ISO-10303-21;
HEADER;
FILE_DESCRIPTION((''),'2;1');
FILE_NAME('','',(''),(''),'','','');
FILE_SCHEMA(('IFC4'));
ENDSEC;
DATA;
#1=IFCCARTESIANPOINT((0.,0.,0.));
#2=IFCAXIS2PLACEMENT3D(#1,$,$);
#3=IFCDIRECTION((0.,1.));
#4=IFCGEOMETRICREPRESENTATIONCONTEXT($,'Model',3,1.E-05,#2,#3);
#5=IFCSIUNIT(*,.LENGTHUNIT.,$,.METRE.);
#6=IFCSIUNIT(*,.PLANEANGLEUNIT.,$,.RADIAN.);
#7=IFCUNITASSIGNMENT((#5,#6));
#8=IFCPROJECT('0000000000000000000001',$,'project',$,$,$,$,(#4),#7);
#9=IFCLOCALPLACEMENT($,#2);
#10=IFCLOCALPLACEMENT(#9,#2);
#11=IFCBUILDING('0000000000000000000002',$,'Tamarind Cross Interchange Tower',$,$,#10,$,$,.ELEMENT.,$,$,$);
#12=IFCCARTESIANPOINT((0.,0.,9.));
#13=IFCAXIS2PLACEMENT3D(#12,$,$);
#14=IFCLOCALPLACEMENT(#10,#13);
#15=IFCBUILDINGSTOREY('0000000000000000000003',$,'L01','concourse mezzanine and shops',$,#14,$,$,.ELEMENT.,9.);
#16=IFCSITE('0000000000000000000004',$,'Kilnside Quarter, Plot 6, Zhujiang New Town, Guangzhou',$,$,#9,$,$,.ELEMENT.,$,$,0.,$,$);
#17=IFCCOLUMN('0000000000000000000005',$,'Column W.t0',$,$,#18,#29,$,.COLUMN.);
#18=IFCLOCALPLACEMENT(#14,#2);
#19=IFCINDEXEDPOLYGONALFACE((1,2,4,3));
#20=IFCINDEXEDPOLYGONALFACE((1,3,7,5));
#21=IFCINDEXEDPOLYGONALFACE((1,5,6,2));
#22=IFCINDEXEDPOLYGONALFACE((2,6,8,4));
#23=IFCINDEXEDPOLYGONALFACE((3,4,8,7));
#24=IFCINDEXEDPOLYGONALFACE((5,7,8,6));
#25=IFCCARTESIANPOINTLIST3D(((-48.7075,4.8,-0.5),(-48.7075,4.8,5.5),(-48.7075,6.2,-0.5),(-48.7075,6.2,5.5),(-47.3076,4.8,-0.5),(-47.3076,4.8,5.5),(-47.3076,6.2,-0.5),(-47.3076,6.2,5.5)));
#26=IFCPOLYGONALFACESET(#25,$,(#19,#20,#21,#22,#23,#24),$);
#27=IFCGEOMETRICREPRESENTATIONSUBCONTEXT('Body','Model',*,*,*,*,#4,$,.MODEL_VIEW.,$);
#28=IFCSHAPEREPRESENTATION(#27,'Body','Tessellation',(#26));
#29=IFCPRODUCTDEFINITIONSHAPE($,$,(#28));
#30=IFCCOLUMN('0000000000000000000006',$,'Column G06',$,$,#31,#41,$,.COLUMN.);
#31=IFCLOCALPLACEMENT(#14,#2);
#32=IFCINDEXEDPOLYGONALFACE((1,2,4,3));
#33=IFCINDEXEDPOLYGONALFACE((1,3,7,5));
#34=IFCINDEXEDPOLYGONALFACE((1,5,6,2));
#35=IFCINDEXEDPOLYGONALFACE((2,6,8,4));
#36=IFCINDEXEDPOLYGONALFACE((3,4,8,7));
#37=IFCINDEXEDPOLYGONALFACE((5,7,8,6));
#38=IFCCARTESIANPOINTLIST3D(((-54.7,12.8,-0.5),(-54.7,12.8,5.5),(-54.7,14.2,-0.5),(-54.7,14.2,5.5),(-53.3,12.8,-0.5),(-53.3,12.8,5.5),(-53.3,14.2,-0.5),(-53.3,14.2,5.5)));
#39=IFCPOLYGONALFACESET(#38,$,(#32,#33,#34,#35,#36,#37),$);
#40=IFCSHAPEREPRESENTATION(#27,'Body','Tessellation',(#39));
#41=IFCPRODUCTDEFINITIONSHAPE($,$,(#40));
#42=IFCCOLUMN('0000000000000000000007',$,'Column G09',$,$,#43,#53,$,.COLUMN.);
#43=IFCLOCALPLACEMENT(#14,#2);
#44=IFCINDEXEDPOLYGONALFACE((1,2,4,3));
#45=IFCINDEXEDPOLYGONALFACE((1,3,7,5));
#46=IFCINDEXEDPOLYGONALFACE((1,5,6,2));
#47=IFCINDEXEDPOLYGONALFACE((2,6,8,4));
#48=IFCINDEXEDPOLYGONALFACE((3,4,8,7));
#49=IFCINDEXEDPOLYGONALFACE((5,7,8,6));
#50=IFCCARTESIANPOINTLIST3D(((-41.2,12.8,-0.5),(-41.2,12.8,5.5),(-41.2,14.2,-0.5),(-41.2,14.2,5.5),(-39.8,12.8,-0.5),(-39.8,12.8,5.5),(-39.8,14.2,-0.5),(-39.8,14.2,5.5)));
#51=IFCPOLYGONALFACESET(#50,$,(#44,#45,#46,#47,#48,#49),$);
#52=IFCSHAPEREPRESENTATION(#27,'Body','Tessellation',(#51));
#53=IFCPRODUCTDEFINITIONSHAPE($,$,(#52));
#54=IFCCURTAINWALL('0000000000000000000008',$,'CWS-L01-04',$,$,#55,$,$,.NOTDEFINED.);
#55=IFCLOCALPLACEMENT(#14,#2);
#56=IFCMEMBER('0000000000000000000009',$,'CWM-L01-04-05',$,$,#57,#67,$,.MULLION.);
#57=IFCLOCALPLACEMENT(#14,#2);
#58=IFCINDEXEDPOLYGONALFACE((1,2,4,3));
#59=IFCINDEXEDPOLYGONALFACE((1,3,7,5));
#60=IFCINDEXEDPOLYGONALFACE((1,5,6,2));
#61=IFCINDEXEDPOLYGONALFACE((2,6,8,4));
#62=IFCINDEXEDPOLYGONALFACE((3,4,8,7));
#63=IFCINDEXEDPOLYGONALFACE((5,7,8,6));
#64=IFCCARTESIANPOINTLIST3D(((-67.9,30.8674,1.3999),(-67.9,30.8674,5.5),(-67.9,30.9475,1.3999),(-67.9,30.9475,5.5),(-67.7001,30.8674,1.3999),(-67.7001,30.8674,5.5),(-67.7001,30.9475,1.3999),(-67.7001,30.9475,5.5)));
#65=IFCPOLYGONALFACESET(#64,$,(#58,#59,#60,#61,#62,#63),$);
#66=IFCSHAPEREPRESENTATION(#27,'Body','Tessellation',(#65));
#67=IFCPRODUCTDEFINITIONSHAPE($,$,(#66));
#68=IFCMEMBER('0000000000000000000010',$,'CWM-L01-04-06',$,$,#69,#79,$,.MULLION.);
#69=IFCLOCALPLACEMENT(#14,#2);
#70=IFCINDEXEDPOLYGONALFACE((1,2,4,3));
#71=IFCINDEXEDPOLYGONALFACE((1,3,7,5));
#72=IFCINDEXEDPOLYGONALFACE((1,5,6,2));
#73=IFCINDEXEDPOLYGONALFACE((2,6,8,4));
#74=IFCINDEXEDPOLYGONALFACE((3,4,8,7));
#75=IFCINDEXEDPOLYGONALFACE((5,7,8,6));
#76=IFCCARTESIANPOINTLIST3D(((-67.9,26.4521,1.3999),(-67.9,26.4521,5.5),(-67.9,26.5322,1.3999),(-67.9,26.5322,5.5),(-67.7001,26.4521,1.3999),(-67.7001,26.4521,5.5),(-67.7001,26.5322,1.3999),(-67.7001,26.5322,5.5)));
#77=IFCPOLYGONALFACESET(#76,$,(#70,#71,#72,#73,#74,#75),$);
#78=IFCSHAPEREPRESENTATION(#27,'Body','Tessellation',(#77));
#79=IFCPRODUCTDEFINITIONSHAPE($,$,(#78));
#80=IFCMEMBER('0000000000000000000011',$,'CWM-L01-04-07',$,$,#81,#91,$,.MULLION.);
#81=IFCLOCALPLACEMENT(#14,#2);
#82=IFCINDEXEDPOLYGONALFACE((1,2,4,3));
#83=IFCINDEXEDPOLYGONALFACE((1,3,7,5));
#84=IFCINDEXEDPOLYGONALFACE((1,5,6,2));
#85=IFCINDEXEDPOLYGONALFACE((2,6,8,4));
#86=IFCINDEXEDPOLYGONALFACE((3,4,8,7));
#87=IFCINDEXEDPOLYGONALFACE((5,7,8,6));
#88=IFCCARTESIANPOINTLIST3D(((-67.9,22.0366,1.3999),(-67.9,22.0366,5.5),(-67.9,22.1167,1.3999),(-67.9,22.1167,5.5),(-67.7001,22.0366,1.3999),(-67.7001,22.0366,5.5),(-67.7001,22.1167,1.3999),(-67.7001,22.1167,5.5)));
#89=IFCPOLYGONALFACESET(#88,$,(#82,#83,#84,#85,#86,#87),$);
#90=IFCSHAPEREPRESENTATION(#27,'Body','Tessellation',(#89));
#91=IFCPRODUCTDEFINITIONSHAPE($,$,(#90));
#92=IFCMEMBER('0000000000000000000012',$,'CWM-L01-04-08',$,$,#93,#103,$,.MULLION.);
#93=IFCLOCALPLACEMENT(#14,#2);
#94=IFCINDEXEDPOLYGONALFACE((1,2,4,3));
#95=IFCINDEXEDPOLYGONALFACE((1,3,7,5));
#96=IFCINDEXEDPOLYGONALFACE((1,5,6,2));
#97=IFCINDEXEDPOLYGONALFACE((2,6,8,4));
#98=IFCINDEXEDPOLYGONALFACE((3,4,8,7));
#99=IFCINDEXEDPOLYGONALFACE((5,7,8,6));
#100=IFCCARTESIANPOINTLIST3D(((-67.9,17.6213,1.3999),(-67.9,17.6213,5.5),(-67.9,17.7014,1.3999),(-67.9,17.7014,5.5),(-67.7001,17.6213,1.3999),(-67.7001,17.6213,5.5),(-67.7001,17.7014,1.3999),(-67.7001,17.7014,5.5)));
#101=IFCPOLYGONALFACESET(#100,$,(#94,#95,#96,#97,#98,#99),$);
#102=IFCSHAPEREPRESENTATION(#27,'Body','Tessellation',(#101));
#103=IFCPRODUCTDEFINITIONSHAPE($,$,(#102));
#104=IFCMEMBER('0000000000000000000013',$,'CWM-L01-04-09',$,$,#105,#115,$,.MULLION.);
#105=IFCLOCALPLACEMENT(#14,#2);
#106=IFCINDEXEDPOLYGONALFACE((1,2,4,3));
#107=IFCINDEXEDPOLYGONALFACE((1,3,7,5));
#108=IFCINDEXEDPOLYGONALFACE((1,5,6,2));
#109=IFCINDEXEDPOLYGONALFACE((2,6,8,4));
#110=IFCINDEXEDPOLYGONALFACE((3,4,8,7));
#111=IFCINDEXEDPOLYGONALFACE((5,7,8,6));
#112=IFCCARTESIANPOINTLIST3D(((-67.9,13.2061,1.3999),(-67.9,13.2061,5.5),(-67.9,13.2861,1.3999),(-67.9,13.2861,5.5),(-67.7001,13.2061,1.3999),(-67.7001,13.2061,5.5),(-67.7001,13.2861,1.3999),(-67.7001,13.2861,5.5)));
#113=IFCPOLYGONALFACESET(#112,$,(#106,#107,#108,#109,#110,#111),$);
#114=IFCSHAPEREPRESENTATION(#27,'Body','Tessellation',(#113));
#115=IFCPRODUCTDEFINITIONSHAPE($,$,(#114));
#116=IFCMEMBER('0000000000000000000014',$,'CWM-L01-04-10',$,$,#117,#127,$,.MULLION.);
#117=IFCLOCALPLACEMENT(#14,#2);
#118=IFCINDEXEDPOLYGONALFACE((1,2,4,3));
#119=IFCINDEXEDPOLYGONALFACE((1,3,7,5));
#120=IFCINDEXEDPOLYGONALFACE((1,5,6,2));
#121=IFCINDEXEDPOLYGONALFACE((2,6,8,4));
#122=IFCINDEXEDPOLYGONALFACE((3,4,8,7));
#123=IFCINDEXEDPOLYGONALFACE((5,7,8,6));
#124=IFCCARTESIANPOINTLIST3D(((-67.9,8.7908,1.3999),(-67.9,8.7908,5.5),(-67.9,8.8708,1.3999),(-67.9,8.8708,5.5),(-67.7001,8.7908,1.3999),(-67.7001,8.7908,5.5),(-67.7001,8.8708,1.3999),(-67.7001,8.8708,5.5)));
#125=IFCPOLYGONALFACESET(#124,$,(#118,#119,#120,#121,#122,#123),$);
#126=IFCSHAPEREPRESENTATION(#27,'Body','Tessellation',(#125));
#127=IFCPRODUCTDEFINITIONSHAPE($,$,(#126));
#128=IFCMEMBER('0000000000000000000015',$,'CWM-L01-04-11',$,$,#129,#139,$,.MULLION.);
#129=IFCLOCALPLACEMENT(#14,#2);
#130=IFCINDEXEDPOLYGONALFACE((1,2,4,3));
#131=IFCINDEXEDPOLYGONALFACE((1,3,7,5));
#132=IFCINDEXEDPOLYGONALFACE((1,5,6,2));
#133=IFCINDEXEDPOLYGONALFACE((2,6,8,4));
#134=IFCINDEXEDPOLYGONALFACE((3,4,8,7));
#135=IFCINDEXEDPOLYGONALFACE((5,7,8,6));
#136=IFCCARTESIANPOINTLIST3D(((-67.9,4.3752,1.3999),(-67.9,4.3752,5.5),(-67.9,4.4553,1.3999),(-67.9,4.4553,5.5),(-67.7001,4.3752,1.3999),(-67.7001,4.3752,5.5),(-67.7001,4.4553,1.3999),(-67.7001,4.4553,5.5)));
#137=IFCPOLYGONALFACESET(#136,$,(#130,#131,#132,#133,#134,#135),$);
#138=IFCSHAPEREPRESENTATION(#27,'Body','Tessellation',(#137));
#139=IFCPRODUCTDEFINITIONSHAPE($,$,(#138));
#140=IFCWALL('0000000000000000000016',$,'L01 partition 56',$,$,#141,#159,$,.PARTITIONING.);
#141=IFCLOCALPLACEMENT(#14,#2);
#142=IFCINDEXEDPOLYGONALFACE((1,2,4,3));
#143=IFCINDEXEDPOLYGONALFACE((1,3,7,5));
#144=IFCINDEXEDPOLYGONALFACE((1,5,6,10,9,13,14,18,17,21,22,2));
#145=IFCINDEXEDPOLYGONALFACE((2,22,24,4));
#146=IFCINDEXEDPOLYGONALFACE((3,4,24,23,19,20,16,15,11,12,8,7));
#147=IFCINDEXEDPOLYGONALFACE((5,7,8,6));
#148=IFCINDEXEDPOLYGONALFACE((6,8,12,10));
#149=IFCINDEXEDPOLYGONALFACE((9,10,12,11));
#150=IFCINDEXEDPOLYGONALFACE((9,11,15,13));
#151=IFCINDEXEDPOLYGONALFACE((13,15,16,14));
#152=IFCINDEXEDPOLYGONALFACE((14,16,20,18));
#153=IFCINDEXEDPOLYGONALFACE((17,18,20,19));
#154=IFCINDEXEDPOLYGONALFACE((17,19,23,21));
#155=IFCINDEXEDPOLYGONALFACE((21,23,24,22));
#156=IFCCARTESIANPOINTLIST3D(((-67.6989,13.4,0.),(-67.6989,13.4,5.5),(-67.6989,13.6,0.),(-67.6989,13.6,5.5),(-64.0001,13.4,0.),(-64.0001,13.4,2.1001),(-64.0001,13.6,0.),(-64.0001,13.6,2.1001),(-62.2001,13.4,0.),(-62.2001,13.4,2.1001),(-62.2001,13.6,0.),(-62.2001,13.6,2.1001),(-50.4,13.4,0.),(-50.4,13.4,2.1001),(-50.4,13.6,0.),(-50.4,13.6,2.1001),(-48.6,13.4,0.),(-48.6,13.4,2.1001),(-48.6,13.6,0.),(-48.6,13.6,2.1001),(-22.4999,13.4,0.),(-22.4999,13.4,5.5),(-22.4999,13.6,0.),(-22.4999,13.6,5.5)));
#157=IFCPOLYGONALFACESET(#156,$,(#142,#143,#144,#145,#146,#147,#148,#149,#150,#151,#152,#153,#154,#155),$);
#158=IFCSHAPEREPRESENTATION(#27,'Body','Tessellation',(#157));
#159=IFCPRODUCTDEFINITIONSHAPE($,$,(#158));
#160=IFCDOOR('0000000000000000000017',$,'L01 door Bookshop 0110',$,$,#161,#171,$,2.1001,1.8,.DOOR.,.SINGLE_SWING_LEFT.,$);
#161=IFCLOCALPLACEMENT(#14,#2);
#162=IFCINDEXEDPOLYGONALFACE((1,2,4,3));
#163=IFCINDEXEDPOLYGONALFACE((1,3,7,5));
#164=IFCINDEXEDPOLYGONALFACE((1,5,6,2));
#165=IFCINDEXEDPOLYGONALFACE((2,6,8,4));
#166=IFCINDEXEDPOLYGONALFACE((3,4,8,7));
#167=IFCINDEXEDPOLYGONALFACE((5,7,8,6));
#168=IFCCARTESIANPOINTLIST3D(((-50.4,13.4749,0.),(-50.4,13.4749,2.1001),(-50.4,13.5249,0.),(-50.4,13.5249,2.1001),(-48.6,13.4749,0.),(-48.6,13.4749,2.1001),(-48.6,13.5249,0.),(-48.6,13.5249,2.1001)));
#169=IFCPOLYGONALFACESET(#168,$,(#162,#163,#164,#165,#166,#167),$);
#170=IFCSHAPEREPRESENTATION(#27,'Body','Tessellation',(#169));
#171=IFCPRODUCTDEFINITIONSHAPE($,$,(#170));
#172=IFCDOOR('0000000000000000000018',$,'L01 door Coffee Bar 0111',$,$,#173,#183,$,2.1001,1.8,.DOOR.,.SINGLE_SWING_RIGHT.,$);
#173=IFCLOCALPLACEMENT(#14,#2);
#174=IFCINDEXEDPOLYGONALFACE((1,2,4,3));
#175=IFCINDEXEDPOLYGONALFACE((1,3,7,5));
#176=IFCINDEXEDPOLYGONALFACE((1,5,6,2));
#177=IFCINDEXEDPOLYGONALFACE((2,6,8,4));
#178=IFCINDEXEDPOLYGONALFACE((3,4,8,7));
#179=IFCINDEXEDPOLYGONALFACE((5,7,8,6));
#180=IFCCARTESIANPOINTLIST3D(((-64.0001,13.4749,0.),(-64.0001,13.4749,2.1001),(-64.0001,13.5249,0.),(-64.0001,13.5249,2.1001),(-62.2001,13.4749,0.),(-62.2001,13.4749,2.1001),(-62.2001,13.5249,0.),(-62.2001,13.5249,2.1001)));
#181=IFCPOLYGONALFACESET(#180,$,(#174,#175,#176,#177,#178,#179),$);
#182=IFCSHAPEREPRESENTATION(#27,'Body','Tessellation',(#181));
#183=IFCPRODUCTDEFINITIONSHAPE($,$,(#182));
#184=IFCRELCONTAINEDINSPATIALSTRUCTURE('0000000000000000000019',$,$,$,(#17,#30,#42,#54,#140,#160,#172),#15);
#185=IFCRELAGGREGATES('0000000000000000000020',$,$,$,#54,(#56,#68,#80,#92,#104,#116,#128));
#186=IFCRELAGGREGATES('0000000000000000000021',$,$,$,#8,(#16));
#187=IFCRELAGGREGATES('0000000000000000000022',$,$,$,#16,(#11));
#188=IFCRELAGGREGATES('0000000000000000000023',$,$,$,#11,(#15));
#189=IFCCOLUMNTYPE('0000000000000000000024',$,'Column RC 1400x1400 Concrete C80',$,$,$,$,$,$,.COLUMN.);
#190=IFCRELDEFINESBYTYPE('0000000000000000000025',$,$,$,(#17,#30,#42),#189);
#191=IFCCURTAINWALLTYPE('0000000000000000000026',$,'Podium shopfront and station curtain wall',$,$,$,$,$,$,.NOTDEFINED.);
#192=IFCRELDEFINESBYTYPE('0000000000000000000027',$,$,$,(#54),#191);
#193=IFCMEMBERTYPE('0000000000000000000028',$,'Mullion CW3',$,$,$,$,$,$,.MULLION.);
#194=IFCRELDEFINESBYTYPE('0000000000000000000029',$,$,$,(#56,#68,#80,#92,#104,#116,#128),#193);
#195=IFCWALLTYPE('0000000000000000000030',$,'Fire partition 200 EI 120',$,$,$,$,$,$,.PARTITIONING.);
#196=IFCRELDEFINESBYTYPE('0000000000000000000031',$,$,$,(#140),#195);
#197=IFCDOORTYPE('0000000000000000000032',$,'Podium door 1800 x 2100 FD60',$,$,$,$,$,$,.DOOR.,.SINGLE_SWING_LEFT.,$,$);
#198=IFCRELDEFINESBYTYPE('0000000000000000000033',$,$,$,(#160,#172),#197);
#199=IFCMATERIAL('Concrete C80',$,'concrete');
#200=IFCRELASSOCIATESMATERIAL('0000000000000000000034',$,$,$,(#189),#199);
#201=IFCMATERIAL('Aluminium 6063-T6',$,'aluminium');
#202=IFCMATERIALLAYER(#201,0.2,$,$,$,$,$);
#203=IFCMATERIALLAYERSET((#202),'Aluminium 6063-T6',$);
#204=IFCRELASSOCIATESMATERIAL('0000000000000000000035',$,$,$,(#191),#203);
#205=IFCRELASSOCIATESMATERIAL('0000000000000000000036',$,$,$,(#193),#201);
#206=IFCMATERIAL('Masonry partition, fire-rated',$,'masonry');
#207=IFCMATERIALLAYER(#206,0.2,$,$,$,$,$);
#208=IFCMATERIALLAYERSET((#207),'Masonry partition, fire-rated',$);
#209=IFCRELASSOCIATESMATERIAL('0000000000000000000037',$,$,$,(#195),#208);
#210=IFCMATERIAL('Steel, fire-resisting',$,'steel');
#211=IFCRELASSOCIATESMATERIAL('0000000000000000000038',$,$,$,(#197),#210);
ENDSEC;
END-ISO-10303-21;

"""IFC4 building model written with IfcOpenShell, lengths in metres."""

from ifc_helpers import new_model, si_unit, direction, frame, frame_2d, origin, origin_2d, place, context, subcontext, project, spatial, rectangle, extrude, material, layer, layer_set, material_profile, profile_set, type_object, element, fill, aggregate, save


model = new_model("IFC4")

# Units and contexts
model_context = context("Model", 3, precision=1e-05, world=origin(), true_north=direction((0.0, 1.0)))
body_context = subcontext(model_context, "Body", "Model", "MODEL_VIEW")
ifc_project = project(units=[si_unit("LENGTHUNIT", "METRE"), si_unit("PLANEANGLEUNIT", "RADIAN")], contexts=[model_context])

# Site, building, storey
site_placement = place(None, origin())
site = spatial("IfcSite", under=ifc_project, at=site_placement, Name="Kilnside Quarter, Plot 6, Zhujiang New Town, Guangzhou", CompositionType="ELEMENT", RefElevation=0.0)
building_placement = place(site_placement, origin())
building = spatial("IfcBuilding", under=site, at=building_placement, Name="Tamarind Cross Interchange Tower", CompositionType="ELEMENT")
storey_placement = place(building_placement, frame((0.0, 0.0, 9.0)))
storey = spatial("IfcBuildingStorey", under=building, at=storey_placement, Name="L01", Description="concourse mezzanine and shops", CompositionType="ELEMENT", Elevation=9.0)

# Columns
ifc_material_1 = material(Name="Concrete C80", Category="concrete")
ifc_material_profile_1 = material_profile(ifc_material_1, rectangle(XDim=1.3999, YDim=1.3999, at=origin_2d()), Name="RC 1400x1400")
ifc_profile_set_1 = profile_set([ifc_material_profile_1], Name="Concrete C80")
column_type = type_object("IfcColumnType", Name="Column RC 1400x1400 Concrete C80", PredefinedType="COLUMN", material=ifc_profile_set_1)
for number, where, z_axis, x_axis, name in (
    (1, (-48.0076, 5.5, -0.5), (0.0, 0.0, 1.0), (1.0, 0.0, 0.0), "Column W.t0"),
    (2, (-54.0, 13.5, -0.5), (0.0, 0.0, 1.0), (1.0, 0.0, 0.0), "Column G06"),
    (3, (-40.5, 13.5, -0.5), (0.0, 0.0, 1.0), (1.0, 0.0, 0.0), "Column G09"),
):
    element("IfcColumn", number, at=place(storey_placement, frame(where, z_axis=z_axis, x_axis=x_axis)), inside=storey, type_object=column_type, Name=name, PredefinedType="COLUMN", context=body_context, shape_type="SweptSolid", body=[
        extrude(rectangle(XDim=1.3999, YDim=1.3999, at=origin_2d()), origin(), (0.0, 0.0, 1.0), 6.0),
    ])

# Curtain wall, members
ifc_material_2 = material(Name="Aluminium 6063-T6", Category="aluminium")
ifc_layer_1 = layer(ifc_material_2, 0.2)
ifc_layer_set_1 = layer_set([ifc_layer_1], Name="Aluminium 6063-T6")
curtain_wall_type = type_object("IfcCurtainWallType", Name="Podium shopfront and station curtain wall", PredefinedType="NOTDEFINED", material=ifc_layer_set_1)
curtain_wall_placement = place(storey_placement, origin())
curtain_wall = element("IfcCurtainWall", 4, at=curtain_wall_placement, inside=storey, type_object=curtain_wall_type, Name="CWS-L01-04", PredefinedType="NOTDEFINED")
ifc_material_profile_2 = material_profile(ifc_material_2, rectangle(XDim=0.0801, YDim=0.2, at=origin_2d()), Name="Mullion CW3")
ifc_profile_set_2 = profile_set([ifc_material_profile_2], Name="Aluminium 6063-T6")
member_type = type_object("IfcMemberType", Name="Mullion CW3", PredefinedType="MULLION", material=ifc_profile_set_2)
member_1_placement = place(storey_placement, frame((-67.8, 30.9075, 1.3999), z_axis=(0.0, 0.0, 1.0), x_axis=(0.0, -1.0, 0.0)))
member_1 = element("IfcMember", 5, at=member_1_placement, type_object=member_type, Name="CWM-L01-04-05", PredefinedType="MULLION", context=body_context, shape_type="SweptSolid", body=[
    extrude(rectangle(XDim=0.0801, YDim=0.2, at=origin_2d()), origin(), (0.0, 0.0, 1.0), 4.1001),
])
member_2_placement = place(storey_placement, frame((-67.8, 26.4922, 1.3999), z_axis=(0.0, 0.0, 1.0), x_axis=(0.0, -1.0, 0.0)))
member_2 = element("IfcMember", 6, at=member_2_placement, type_object=member_type, Name="CWM-L01-04-06", PredefinedType="MULLION", context=body_context, shape_type="SweptSolid", body=[
    extrude(rectangle(XDim=0.0801, YDim=0.2, at=origin_2d()), origin(), (0.0, 0.0, 1.0), 4.1001),
])
member_3_placement = place(storey_placement, frame((-67.8, 22.0767, 1.3999), z_axis=(0.0, 0.0, 1.0), x_axis=(0.0, -1.0, 0.0)))
member_3 = element("IfcMember", 7, at=member_3_placement, type_object=member_type, Name="CWM-L01-04-07", PredefinedType="MULLION", context=body_context, shape_type="SweptSolid", body=[
    extrude(rectangle(XDim=0.0801, YDim=0.2, at=origin_2d()), origin(), (0.0, 0.0, 1.0), 4.1001),
])
member_4_placement = place(storey_placement, frame((-67.8, 17.6614, 1.3999), z_axis=(0.0, 0.0, 1.0), x_axis=(0.0, -1.0, 0.0)))
member_4 = element("IfcMember", 8, at=member_4_placement, type_object=member_type, Name="CWM-L01-04-08", PredefinedType="MULLION", context=body_context, shape_type="SweptSolid", body=[
    extrude(rectangle(XDim=0.0801, YDim=0.2, at=origin_2d()), origin(), (0.0, 0.0, 1.0), 4.1001),
])
member_5_placement = place(storey_placement, frame((-67.8, 13.2461, 1.3999), z_axis=(0.0, 0.0, 1.0), x_axis=(0.0, -1.0, 0.0)))
member_5 = element("IfcMember", 9, at=member_5_placement, type_object=member_type, Name="CWM-L01-04-09", PredefinedType="MULLION", context=body_context, shape_type="SweptSolid", body=[
    extrude(rectangle(XDim=0.0801, YDim=0.2, at=origin_2d()), origin(), (0.0, 0.0, 1.0), 4.1001),
])
member_6_placement = place(storey_placement, frame((-67.8, 8.8308, 1.3999), z_axis=(0.0, 0.0, 1.0), x_axis=(0.0, -1.0, 0.0)))
member_6 = element("IfcMember", 10, at=member_6_placement, type_object=member_type, Name="CWM-L01-04-10", PredefinedType="MULLION", context=body_context, shape_type="SweptSolid", body=[
    extrude(rectangle(XDim=0.0801, YDim=0.2, at=origin_2d()), origin(), (0.0, 0.0, 1.0), 4.1001),
])
member_7_placement = place(storey_placement, frame((-67.8, 4.4153, 1.3999), z_axis=(0.0, 0.0, 1.0), x_axis=(0.0, -1.0, 0.0)))
member_7 = element("IfcMember", 11, at=member_7_placement, type_object=member_type, Name="CWM-L01-04-11", PredefinedType="MULLION", context=body_context, shape_type="SweptSolid", body=[
    extrude(rectangle(XDim=0.0801, YDim=0.2, at=origin_2d()), origin(), (0.0, 0.0, 1.0), 4.1001),
])
aggregate(curtain_wall, [member_1, member_2, member_3, member_4, member_5, member_6, member_7])

# Wall, openings, doors
ifc_material_3 = material(Name="Masonry partition, fire-rated", Category="masonry")
ifc_layer_2 = layer(ifc_material_3, 0.2)
ifc_layer_set_2 = layer_set([ifc_layer_2], Name="Masonry partition, fire-rated")
wall_type_1 = type_object("IfcWallType", Name="Fire partition 200 EI 120", PredefinedType="PARTITIONING", material=ifc_layer_set_2)
wall_1_placement = place(storey_placement, frame((-67.699, 13.5, 0.0), z_axis=(0.0, 0.0, 1.0), x_axis=(1.0, 0.0, 0.0)))
wall_1 = element("IfcWall", 12, at=wall_1_placement, inside=storey, type_object=wall_type_1, Name="L01 partition 56", PredefinedType="PARTITIONING", context=body_context, shape_type="SweptSolid", body=[
    extrude(rectangle(XDim=45.199, YDim=0.2, at=frame_2d((22.5996, 0.0))), origin(), (0.0, 0.0, 1.0), 5.5),
])
opening_1_placement = place(wall_1_placement, frame((17.2991, 0.0, 0.0)))
opening_1 = element("IfcOpeningElement", 13, at=opening_1_placement, cuts=wall_1, PredefinedType="OPENING", context=body_context, shape_type="SweptSolid", body=[
    extrude(rectangle(XDim=1.8, YDim=2.1001, at=frame_2d((0.8999, 1.05))), frame((0.0, 0.1099, 0.0), z_axis=(0.0, -1.0, 0.0), x_axis=(1.0, 0.0, 0.0)), (0.0, 0.0, 1.0), 0.22),
])
opening_2_placement = place(wall_1_placement, frame((3.699, 0.0, 0.0)))
opening_2 = element("IfcOpeningElement", 14, at=opening_2_placement, cuts=wall_1, PredefinedType="OPENING", context=body_context, shape_type="SweptSolid", body=[
    extrude(rectangle(XDim=1.8, YDim=2.1001, at=frame_2d((0.8999, 1.05))), frame((0.0, 0.1099, 0.0), z_axis=(0.0, -1.0, 0.0), x_axis=(1.0, 0.0, 0.0)), (0.0, 0.0, 1.0), 0.22),
])
ifc_material_4 = material(Name="Steel, fire-resisting", Category="steel")
door_type = type_object("IfcDoorType", Name="Podium door 1800 x 2100 FD60", OperationType="SINGLE_SWING_LEFT", PredefinedType="DOOR", material=ifc_material_4)
door_1_placement = place(opening_1_placement, origin())
door_1 = element("IfcDoor", 15, at=door_1_placement, inside=storey, type_object=door_type, Name="L01 door Bookshop 0110", OperationType="SINGLE_SWING_LEFT", OverallHeight=2.1001, OverallWidth=1.8, PredefinedType="DOOR", context=body_context, shape_type="SweptSolid", body=[
    extrude(rectangle(XDim=1.8, YDim=2.1001, at=frame_2d((0.8999, 1.05))), frame((0.0, 0.0249, 0.0), z_axis=(0.0, -1.0, 0.0), x_axis=(1.0, 0.0, 0.0)), (0.0, 0.0, 1.0), 0.05),
])
fill(opening_1, door_1)
door_2_placement = place(opening_2_placement, origin())
door_2 = element("IfcDoor", 16, at=door_2_placement, inside=storey, type_object=door_type, Name="L01 door Coffee Bar 0111", OperationType="SINGLE_SWING_RIGHT", OverallHeight=2.1001, OverallWidth=1.8, PredefinedType="DOOR", context=body_context, shape_type="SweptSolid", body=[
    extrude(rectangle(XDim=1.8, YDim=2.1001, at=frame_2d((0.8999, 1.05))), frame((0.0, 0.0249, 0.0), z_axis=(0.0, -1.0, 0.0), x_axis=(1.0, 0.0, 0.0)), (0.0, 0.0, 1.0), 0.05),
])
fill(opening_2, door_2)

save(model, "model.ifc")
